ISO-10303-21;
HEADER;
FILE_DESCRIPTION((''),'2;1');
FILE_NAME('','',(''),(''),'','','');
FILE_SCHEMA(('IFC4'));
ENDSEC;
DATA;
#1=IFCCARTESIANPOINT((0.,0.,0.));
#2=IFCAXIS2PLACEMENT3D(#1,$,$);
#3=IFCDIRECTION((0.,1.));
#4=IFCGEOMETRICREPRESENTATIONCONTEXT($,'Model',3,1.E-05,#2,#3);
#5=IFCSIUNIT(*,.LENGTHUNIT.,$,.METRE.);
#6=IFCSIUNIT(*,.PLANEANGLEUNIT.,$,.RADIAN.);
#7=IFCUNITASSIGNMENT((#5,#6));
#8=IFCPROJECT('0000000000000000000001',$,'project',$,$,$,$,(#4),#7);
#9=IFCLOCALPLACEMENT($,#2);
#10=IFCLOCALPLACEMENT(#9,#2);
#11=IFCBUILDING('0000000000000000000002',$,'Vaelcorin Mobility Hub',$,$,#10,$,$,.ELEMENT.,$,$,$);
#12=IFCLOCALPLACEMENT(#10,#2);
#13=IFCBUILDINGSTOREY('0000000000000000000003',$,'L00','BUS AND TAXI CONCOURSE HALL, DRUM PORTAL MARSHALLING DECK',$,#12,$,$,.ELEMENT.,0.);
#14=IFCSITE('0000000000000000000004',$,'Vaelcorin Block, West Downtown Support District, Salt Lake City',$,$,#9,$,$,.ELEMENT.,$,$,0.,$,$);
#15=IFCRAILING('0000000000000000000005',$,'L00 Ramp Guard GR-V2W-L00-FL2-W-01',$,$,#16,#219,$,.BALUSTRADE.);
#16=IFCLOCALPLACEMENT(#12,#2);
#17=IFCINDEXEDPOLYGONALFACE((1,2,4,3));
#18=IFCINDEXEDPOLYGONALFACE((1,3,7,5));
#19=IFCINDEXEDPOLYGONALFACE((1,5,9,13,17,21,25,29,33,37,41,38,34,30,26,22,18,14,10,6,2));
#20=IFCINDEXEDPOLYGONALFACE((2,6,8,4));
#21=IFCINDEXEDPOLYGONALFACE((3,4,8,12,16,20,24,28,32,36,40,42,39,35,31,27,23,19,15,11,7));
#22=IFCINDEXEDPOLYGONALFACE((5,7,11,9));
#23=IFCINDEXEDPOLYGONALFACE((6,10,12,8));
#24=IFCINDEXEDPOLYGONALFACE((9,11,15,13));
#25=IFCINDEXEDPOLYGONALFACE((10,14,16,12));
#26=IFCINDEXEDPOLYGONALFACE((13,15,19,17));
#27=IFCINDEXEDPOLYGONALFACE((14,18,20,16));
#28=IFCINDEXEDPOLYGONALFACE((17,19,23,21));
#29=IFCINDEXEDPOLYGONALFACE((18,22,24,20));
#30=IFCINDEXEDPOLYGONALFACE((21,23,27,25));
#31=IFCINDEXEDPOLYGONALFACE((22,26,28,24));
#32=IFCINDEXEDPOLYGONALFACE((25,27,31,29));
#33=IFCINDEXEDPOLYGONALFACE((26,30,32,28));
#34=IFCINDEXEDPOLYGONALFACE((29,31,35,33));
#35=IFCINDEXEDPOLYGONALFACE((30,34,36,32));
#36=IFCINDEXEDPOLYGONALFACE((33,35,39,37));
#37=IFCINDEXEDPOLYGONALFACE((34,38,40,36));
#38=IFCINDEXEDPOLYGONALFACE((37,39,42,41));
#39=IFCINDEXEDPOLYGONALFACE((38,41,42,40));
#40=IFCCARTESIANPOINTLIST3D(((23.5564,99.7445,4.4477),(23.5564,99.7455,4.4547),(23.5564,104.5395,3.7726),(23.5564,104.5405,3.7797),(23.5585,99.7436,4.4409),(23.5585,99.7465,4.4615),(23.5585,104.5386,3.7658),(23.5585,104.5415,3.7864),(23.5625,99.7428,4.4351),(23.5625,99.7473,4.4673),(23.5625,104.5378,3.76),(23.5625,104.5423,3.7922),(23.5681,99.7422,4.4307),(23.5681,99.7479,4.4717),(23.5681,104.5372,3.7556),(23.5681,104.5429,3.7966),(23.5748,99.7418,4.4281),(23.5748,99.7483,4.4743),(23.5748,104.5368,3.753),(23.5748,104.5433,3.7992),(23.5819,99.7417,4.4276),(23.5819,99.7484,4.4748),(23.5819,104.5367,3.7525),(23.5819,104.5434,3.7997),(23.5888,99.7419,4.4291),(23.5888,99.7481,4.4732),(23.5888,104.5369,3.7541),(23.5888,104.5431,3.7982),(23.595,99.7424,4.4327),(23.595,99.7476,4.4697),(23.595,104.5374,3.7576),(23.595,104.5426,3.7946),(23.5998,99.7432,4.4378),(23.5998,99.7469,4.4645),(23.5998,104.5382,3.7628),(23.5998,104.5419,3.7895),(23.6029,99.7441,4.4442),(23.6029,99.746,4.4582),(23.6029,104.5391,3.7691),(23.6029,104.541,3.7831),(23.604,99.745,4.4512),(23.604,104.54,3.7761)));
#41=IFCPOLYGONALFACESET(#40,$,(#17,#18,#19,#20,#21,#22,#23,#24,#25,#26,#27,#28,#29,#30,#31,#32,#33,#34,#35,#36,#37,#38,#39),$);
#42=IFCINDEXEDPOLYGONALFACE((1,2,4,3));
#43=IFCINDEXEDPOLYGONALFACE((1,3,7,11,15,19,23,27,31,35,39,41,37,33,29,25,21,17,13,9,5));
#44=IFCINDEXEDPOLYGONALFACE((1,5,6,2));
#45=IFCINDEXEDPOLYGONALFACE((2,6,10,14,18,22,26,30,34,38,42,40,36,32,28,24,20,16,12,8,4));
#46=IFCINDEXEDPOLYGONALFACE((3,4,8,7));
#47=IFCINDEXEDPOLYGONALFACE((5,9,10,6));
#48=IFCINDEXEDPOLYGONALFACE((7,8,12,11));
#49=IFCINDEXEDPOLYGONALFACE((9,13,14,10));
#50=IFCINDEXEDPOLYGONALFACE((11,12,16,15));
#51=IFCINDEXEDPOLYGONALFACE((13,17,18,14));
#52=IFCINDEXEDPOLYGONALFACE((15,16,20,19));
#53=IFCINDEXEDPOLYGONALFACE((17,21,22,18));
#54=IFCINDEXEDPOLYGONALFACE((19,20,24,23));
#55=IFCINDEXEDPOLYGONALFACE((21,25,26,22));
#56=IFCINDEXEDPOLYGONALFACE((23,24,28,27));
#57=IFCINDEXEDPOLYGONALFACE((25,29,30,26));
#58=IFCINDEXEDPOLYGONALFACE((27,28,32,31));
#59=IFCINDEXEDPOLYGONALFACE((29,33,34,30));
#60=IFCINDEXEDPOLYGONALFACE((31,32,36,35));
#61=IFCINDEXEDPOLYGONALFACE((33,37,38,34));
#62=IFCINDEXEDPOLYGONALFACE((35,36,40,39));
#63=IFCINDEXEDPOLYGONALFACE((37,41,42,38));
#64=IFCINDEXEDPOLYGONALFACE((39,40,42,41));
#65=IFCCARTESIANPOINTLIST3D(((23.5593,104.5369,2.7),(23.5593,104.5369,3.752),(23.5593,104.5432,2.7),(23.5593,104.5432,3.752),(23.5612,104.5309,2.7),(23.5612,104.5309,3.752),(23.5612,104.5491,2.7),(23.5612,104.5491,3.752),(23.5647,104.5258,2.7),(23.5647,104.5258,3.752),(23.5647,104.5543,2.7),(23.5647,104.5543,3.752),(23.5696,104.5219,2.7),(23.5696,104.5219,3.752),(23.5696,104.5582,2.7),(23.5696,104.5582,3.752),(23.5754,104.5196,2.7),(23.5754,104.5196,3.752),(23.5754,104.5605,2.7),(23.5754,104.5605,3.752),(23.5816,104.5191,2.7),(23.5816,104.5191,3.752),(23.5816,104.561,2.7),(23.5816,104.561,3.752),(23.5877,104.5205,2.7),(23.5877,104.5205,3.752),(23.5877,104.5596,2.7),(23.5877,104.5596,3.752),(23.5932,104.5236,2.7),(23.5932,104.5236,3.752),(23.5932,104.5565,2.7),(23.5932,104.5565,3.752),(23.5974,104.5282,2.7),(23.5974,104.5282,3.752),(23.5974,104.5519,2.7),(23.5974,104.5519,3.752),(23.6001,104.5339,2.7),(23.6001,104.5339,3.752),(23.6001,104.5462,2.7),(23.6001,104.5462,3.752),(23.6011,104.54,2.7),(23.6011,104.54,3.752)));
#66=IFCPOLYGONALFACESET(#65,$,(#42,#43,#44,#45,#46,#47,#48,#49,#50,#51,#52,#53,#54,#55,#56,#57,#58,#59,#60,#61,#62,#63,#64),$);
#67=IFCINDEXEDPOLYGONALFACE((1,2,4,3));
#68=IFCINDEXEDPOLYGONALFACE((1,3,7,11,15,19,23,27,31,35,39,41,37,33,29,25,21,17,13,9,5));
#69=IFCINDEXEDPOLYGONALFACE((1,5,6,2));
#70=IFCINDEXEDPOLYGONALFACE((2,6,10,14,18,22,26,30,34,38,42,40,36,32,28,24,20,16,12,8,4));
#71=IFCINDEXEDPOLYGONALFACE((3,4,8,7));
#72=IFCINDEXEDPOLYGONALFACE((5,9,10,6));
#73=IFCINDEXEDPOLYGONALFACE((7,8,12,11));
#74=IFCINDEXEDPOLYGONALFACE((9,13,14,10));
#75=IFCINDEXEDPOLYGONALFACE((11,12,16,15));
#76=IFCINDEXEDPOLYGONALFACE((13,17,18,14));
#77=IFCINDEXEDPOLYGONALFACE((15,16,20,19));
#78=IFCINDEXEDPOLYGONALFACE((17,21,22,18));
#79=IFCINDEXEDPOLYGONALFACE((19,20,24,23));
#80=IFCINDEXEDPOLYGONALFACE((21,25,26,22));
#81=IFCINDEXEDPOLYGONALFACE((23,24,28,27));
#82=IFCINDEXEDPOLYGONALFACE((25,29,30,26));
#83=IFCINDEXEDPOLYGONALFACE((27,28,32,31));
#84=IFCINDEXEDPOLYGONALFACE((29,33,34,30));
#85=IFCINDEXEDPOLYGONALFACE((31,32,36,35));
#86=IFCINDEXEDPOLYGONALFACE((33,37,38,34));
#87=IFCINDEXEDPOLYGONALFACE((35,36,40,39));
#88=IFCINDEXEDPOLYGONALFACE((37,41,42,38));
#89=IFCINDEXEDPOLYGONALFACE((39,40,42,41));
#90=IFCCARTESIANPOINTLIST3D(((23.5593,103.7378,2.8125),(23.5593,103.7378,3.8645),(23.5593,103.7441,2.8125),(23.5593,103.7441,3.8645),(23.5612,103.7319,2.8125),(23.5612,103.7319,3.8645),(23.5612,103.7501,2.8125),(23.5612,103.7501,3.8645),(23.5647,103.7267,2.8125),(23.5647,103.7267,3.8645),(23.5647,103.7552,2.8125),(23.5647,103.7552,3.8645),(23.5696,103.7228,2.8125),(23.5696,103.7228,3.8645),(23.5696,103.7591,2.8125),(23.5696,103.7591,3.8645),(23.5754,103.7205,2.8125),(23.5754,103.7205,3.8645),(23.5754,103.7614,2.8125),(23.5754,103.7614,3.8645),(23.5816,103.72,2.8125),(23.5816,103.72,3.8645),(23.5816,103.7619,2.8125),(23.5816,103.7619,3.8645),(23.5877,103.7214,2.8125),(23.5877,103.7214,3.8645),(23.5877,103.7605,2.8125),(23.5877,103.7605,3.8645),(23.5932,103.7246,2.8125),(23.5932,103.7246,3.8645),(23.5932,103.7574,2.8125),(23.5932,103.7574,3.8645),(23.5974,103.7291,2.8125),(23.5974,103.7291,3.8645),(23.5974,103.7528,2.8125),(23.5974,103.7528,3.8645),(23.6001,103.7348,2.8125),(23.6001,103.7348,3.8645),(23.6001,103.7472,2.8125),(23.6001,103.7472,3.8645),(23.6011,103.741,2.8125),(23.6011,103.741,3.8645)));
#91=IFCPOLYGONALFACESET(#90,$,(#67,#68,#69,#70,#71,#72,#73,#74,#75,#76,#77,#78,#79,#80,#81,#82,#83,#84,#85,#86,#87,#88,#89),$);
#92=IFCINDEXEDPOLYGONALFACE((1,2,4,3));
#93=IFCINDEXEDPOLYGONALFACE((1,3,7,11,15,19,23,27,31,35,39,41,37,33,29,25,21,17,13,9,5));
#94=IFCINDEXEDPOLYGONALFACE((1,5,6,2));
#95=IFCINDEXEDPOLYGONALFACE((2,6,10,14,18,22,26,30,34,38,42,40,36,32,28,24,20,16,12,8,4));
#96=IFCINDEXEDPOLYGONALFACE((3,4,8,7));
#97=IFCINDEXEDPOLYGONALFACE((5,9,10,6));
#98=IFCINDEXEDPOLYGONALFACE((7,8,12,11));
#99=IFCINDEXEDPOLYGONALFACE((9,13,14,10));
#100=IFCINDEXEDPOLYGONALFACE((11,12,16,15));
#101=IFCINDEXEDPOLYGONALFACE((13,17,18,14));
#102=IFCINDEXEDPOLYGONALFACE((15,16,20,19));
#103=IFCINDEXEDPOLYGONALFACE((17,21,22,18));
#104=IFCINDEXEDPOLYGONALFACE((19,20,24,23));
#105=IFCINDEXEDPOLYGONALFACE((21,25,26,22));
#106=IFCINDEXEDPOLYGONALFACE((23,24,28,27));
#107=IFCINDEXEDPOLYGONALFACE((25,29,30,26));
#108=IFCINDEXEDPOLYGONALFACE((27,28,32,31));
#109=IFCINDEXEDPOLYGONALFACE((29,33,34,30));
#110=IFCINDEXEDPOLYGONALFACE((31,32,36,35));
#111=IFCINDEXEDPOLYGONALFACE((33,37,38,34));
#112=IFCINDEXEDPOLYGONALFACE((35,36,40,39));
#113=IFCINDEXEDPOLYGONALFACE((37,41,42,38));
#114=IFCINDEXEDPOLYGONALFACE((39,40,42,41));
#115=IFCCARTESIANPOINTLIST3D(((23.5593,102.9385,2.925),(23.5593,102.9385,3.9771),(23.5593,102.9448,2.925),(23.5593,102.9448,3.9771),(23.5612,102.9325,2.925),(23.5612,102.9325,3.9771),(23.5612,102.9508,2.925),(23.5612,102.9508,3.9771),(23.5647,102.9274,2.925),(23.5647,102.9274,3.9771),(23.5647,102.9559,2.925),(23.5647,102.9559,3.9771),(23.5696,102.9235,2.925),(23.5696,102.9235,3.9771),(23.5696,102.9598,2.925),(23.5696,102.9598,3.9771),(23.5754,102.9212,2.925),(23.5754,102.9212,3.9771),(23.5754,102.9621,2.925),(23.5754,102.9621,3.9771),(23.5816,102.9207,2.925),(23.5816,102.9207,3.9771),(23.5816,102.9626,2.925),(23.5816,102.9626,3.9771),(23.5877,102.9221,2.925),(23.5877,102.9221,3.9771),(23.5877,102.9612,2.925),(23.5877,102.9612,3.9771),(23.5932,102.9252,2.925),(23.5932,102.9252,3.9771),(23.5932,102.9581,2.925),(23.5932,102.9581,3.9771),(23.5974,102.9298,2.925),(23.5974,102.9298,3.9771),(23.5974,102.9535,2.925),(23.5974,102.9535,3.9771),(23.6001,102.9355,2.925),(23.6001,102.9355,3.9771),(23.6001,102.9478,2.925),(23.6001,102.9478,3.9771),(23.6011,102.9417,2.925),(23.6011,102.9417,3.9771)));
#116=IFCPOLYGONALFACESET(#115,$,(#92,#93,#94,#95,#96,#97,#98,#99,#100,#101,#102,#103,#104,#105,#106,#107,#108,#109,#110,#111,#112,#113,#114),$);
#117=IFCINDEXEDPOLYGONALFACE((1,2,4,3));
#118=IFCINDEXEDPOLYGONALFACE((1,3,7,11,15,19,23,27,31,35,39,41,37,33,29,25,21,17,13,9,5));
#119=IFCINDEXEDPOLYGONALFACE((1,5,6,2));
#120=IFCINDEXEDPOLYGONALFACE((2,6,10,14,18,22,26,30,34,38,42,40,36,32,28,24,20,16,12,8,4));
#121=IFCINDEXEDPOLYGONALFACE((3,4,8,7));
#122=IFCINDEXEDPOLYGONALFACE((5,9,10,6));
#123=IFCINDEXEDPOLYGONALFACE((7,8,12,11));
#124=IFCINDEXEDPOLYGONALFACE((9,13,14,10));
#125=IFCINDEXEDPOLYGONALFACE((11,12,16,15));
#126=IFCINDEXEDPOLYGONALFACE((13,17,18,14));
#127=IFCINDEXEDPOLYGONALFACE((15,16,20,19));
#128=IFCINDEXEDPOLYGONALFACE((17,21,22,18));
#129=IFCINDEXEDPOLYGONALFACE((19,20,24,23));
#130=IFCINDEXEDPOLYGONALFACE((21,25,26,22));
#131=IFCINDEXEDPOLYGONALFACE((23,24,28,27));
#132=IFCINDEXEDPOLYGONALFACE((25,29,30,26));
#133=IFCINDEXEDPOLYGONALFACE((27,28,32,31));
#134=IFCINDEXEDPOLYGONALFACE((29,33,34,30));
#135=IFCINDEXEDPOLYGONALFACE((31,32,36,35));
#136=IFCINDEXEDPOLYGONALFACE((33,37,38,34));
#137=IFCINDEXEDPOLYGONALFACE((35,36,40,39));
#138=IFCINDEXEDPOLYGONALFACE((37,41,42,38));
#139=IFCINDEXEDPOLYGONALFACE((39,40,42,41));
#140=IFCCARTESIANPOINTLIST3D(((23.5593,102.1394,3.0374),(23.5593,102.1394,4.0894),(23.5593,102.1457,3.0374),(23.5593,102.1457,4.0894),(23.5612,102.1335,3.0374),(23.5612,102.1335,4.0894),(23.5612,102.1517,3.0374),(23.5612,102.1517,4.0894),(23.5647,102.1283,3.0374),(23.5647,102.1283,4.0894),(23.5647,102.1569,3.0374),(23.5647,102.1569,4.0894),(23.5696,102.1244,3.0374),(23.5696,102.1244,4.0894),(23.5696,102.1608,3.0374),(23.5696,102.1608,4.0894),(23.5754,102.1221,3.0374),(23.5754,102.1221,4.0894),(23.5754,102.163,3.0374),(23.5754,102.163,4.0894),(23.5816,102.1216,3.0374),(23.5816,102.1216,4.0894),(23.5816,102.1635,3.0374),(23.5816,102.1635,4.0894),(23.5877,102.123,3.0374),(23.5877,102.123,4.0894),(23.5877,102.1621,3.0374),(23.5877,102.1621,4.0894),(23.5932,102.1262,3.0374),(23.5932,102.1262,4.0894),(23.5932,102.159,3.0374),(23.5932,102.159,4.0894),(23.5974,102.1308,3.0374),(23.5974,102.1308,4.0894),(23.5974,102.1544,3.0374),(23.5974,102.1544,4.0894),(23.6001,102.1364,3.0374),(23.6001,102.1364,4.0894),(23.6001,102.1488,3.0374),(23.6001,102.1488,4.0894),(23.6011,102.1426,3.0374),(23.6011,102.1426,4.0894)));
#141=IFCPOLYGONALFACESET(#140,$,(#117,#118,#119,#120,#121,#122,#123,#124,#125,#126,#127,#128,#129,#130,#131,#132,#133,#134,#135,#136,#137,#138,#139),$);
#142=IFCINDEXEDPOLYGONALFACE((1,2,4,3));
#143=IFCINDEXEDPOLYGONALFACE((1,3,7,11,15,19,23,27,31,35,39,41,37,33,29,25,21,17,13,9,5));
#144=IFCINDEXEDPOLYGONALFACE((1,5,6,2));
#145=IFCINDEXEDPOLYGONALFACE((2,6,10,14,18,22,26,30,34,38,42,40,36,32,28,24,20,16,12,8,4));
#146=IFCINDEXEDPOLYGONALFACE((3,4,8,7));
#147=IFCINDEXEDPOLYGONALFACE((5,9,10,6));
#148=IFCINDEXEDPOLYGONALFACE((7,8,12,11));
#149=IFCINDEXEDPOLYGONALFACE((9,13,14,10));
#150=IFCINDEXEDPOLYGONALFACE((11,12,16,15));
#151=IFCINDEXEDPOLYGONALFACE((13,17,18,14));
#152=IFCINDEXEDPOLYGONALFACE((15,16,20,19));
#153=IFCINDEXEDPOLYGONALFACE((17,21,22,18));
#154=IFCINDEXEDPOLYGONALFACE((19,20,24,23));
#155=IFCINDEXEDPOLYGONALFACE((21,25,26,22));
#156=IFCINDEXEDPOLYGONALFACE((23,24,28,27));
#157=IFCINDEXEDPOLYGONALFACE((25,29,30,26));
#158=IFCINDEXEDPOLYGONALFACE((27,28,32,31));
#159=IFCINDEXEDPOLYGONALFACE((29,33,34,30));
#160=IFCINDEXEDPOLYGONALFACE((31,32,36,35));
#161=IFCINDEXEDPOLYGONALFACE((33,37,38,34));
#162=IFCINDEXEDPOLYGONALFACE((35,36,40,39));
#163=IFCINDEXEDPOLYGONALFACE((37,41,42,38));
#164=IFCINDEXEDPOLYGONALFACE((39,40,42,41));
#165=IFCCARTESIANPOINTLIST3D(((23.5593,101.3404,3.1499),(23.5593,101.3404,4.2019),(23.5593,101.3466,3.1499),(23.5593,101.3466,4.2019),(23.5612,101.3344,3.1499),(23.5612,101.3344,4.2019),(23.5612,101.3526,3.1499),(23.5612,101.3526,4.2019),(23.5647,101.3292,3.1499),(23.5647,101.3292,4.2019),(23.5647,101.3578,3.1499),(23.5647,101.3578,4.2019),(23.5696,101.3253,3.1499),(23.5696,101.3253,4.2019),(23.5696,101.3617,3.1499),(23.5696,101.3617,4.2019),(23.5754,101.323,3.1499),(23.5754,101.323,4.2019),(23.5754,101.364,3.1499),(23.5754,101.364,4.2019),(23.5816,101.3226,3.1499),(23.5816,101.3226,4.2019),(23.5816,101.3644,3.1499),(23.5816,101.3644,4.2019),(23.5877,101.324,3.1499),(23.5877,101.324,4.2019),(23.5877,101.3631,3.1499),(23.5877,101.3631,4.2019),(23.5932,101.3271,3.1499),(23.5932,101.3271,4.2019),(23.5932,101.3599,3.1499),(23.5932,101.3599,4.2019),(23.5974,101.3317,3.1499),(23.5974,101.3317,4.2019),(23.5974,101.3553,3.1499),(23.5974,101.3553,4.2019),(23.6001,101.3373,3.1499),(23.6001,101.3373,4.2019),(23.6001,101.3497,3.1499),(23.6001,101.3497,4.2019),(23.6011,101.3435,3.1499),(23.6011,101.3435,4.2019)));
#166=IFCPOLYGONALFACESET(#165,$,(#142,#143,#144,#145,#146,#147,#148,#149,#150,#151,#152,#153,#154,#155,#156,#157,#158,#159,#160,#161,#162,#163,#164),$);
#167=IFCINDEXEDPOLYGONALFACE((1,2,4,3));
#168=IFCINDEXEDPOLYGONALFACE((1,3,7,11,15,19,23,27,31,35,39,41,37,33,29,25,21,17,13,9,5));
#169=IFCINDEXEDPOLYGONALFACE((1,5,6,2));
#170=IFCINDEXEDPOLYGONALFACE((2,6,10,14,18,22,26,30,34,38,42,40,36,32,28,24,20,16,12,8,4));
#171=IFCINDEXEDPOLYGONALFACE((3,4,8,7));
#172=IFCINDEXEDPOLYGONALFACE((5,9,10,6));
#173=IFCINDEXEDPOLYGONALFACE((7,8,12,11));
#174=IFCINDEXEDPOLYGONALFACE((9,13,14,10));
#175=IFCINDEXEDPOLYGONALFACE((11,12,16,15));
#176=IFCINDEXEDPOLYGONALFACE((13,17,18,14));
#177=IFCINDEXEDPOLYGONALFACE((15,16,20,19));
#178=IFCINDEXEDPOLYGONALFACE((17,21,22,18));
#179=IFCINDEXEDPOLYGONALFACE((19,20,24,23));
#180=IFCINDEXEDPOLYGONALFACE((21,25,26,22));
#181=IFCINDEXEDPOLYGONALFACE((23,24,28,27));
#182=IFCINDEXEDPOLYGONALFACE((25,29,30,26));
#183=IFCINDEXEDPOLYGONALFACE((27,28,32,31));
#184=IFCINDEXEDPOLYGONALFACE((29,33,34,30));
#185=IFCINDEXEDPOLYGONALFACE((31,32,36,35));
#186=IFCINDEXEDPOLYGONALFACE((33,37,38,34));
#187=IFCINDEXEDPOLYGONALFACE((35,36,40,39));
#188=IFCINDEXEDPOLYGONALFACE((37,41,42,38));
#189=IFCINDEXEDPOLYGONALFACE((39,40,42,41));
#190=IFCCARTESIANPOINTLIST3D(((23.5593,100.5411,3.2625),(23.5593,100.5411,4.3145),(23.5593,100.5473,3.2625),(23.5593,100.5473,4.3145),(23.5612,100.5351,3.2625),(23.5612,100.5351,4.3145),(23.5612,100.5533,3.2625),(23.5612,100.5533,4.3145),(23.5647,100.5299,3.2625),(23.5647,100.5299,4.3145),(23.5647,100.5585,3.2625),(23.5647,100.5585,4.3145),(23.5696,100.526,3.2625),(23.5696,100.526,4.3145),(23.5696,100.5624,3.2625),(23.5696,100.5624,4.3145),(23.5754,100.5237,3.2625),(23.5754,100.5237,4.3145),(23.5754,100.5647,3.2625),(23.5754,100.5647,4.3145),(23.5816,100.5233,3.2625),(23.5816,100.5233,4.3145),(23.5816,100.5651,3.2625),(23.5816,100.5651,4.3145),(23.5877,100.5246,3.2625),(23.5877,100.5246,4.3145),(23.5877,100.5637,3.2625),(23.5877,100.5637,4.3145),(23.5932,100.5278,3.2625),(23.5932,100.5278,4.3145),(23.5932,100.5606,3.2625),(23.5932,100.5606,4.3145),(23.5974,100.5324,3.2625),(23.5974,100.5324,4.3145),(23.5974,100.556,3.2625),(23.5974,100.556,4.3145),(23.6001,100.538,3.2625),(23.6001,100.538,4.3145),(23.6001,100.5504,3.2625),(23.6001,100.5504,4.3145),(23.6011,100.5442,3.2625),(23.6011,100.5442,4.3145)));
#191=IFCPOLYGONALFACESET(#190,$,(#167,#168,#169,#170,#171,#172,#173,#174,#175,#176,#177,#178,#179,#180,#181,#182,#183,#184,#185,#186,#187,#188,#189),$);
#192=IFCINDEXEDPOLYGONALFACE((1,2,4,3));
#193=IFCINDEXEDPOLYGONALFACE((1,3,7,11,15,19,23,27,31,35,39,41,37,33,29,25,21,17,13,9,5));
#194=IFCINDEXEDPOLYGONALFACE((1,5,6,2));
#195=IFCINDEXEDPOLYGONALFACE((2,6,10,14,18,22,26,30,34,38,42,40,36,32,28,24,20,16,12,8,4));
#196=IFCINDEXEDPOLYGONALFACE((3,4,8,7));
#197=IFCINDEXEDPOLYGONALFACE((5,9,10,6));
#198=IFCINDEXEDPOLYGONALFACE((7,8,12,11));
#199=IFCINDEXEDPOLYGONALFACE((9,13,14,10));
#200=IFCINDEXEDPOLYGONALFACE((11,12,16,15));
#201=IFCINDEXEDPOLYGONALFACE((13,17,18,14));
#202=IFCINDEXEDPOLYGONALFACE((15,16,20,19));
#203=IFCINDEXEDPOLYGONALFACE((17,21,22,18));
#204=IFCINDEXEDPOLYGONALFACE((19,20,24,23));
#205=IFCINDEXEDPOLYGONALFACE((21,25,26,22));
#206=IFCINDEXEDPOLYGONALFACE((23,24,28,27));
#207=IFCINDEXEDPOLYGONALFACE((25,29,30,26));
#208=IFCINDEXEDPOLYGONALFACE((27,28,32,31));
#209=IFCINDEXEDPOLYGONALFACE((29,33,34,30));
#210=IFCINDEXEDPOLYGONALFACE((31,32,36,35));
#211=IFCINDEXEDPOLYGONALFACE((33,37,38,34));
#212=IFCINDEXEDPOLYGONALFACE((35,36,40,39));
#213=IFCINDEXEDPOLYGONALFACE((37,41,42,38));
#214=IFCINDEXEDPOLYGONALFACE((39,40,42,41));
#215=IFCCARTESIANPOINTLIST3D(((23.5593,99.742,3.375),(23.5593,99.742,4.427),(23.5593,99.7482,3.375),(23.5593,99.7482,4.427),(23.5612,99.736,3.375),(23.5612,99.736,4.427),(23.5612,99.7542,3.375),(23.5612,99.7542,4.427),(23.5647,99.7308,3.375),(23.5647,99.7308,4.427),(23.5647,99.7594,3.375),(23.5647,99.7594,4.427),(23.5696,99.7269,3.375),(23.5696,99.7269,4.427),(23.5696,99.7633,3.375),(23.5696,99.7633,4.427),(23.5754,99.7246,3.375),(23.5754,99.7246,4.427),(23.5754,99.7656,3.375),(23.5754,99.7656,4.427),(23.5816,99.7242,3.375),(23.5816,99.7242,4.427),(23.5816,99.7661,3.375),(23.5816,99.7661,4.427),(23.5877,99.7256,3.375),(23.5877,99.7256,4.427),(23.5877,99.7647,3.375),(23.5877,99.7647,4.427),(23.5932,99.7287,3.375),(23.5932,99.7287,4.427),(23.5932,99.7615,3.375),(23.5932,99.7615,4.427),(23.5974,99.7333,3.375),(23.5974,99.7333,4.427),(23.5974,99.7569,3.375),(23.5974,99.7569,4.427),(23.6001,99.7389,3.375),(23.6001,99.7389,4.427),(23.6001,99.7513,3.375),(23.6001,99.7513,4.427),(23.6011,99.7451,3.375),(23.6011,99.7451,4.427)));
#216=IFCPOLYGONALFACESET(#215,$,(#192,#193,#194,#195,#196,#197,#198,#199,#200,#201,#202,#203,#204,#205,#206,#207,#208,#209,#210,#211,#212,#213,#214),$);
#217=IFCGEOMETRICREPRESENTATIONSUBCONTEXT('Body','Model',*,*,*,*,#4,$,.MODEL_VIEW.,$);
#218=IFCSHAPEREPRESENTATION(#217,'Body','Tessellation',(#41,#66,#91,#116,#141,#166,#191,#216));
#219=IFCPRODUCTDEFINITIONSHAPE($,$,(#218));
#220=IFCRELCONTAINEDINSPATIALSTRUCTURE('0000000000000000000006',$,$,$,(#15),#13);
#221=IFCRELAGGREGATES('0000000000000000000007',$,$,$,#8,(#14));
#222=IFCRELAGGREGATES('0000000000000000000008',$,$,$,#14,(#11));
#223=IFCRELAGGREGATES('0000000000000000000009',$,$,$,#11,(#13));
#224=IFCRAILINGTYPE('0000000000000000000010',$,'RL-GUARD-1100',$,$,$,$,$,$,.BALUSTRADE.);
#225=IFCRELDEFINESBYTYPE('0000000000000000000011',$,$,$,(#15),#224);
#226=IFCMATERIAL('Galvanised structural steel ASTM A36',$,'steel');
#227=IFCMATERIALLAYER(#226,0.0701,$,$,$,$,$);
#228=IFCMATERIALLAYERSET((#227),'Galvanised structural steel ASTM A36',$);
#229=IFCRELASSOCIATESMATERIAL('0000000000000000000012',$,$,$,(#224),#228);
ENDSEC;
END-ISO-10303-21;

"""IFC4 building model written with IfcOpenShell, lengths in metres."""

from ifc_helpers import new_model, si_unit, direction, frame, origin, origin_2d, place, context, subcontext, project, spatial, circle, extrude, material, layer, layer_set, type_object, element, save


model = new_model("IFC4")

# Units and contexts
model_context = context("Model", 3, precision=1e-05, world=origin(), true_north=direction((0.0, 1.0)))
body_context = subcontext(model_context, "Body", "Model", "MODEL_VIEW")
ifc_project = project(units=[si_unit("LENGTHUNIT", "METRE"), si_unit("PLANEANGLEUNIT", "RADIAN")], contexts=[model_context])

# Site, building, storey
site_placement = place(None, origin())
site = spatial("IfcSite", under=ifc_project, at=site_placement, Name="Vaelcorin Block, West Downtown Support District, Salt Lake City", CompositionType="ELEMENT", RefElevation=0.0)
building_placement = place(site_placement, origin())
building = spatial("IfcBuilding", under=site, at=building_placement, Name="Vaelcorin Mobility Hub", CompositionType="ELEMENT")
storey_placement = place(building_placement, origin())
storey = spatial("IfcBuildingStorey", under=building, at=storey_placement, Name="L00", Description="BUS AND TAXI CONCOURSE HALL, DRUM PORTAL MARSHALLING DECK", CompositionType="ELEMENT", Elevation=0.0)

# Railing
ifc_material_1 = material(Name="Galvanised structural steel ASTM A36", Category="steel")
ifc_layer = layer(ifc_material_1, 0.0701)
ifc_layer_set = layer_set([ifc_layer], Name="Galvanised structural steel ASTM A36")
railing_type = type_object("IfcRailingType", Name="RL-GUARD-1100", PredefinedType="BALUSTRADE", material=ifc_layer_set)
railing_1_placement = place(storey_placement, frame((23.5801, 104.54, 2.7)))
element("IfcRailing", 1, at=railing_1_placement, inside=storey, type_object=railing_type, Name="L00 Ramp Guard GR-V2W-L00-FL2-W-01", PredefinedType="BALUSTRADE", context=body_context, shape_type="SweptSolid", body=[
    extrude(circle(Radius=0.0239, at=origin_2d()), frame((0.0, 0.0, 1.0762), z_axis=(0.0, -0.990235, 0.139409), x_axis=(1.0, 0.0, 0.0)), (0.0, 0.0, 1.0), 4.8423),
    extrude(circle(Radius=0.021, at=origin_2d()), origin(), (0.0, 0.0, 1.0), 1.052),
    extrude(circle(Radius=0.021, at=origin_2d()), frame((0.0, -0.7991, 0.1125)), (0.0, 0.0, 1.0), 1.052),
    extrude(circle(Radius=0.021, at=origin_2d()), frame((0.0, -1.5984, 0.2251)), (0.0, 0.0, 1.0), 1.052),
    extrude(circle(Radius=0.021, at=origin_2d()), frame((0.0, -2.3975, 0.3374)), (0.0, 0.0, 1.0), 1.052),
    extrude(circle(Radius=0.021, at=origin_2d()), frame((0.0, -3.1965, 0.45)), (0.0, 0.0, 1.0), 1.052),
    extrude(circle(Radius=0.021, at=origin_2d()), frame((0.0, -3.9958, 0.5625)), (0.0, 0.0, 1.0), 1.052),
    extrude(circle(Radius=0.021, at=origin_2d()), frame((0.0, -4.7949, 0.675)), (0.0, 0.0, 1.0), 1.052),
])

save(model, "model.ifc")
